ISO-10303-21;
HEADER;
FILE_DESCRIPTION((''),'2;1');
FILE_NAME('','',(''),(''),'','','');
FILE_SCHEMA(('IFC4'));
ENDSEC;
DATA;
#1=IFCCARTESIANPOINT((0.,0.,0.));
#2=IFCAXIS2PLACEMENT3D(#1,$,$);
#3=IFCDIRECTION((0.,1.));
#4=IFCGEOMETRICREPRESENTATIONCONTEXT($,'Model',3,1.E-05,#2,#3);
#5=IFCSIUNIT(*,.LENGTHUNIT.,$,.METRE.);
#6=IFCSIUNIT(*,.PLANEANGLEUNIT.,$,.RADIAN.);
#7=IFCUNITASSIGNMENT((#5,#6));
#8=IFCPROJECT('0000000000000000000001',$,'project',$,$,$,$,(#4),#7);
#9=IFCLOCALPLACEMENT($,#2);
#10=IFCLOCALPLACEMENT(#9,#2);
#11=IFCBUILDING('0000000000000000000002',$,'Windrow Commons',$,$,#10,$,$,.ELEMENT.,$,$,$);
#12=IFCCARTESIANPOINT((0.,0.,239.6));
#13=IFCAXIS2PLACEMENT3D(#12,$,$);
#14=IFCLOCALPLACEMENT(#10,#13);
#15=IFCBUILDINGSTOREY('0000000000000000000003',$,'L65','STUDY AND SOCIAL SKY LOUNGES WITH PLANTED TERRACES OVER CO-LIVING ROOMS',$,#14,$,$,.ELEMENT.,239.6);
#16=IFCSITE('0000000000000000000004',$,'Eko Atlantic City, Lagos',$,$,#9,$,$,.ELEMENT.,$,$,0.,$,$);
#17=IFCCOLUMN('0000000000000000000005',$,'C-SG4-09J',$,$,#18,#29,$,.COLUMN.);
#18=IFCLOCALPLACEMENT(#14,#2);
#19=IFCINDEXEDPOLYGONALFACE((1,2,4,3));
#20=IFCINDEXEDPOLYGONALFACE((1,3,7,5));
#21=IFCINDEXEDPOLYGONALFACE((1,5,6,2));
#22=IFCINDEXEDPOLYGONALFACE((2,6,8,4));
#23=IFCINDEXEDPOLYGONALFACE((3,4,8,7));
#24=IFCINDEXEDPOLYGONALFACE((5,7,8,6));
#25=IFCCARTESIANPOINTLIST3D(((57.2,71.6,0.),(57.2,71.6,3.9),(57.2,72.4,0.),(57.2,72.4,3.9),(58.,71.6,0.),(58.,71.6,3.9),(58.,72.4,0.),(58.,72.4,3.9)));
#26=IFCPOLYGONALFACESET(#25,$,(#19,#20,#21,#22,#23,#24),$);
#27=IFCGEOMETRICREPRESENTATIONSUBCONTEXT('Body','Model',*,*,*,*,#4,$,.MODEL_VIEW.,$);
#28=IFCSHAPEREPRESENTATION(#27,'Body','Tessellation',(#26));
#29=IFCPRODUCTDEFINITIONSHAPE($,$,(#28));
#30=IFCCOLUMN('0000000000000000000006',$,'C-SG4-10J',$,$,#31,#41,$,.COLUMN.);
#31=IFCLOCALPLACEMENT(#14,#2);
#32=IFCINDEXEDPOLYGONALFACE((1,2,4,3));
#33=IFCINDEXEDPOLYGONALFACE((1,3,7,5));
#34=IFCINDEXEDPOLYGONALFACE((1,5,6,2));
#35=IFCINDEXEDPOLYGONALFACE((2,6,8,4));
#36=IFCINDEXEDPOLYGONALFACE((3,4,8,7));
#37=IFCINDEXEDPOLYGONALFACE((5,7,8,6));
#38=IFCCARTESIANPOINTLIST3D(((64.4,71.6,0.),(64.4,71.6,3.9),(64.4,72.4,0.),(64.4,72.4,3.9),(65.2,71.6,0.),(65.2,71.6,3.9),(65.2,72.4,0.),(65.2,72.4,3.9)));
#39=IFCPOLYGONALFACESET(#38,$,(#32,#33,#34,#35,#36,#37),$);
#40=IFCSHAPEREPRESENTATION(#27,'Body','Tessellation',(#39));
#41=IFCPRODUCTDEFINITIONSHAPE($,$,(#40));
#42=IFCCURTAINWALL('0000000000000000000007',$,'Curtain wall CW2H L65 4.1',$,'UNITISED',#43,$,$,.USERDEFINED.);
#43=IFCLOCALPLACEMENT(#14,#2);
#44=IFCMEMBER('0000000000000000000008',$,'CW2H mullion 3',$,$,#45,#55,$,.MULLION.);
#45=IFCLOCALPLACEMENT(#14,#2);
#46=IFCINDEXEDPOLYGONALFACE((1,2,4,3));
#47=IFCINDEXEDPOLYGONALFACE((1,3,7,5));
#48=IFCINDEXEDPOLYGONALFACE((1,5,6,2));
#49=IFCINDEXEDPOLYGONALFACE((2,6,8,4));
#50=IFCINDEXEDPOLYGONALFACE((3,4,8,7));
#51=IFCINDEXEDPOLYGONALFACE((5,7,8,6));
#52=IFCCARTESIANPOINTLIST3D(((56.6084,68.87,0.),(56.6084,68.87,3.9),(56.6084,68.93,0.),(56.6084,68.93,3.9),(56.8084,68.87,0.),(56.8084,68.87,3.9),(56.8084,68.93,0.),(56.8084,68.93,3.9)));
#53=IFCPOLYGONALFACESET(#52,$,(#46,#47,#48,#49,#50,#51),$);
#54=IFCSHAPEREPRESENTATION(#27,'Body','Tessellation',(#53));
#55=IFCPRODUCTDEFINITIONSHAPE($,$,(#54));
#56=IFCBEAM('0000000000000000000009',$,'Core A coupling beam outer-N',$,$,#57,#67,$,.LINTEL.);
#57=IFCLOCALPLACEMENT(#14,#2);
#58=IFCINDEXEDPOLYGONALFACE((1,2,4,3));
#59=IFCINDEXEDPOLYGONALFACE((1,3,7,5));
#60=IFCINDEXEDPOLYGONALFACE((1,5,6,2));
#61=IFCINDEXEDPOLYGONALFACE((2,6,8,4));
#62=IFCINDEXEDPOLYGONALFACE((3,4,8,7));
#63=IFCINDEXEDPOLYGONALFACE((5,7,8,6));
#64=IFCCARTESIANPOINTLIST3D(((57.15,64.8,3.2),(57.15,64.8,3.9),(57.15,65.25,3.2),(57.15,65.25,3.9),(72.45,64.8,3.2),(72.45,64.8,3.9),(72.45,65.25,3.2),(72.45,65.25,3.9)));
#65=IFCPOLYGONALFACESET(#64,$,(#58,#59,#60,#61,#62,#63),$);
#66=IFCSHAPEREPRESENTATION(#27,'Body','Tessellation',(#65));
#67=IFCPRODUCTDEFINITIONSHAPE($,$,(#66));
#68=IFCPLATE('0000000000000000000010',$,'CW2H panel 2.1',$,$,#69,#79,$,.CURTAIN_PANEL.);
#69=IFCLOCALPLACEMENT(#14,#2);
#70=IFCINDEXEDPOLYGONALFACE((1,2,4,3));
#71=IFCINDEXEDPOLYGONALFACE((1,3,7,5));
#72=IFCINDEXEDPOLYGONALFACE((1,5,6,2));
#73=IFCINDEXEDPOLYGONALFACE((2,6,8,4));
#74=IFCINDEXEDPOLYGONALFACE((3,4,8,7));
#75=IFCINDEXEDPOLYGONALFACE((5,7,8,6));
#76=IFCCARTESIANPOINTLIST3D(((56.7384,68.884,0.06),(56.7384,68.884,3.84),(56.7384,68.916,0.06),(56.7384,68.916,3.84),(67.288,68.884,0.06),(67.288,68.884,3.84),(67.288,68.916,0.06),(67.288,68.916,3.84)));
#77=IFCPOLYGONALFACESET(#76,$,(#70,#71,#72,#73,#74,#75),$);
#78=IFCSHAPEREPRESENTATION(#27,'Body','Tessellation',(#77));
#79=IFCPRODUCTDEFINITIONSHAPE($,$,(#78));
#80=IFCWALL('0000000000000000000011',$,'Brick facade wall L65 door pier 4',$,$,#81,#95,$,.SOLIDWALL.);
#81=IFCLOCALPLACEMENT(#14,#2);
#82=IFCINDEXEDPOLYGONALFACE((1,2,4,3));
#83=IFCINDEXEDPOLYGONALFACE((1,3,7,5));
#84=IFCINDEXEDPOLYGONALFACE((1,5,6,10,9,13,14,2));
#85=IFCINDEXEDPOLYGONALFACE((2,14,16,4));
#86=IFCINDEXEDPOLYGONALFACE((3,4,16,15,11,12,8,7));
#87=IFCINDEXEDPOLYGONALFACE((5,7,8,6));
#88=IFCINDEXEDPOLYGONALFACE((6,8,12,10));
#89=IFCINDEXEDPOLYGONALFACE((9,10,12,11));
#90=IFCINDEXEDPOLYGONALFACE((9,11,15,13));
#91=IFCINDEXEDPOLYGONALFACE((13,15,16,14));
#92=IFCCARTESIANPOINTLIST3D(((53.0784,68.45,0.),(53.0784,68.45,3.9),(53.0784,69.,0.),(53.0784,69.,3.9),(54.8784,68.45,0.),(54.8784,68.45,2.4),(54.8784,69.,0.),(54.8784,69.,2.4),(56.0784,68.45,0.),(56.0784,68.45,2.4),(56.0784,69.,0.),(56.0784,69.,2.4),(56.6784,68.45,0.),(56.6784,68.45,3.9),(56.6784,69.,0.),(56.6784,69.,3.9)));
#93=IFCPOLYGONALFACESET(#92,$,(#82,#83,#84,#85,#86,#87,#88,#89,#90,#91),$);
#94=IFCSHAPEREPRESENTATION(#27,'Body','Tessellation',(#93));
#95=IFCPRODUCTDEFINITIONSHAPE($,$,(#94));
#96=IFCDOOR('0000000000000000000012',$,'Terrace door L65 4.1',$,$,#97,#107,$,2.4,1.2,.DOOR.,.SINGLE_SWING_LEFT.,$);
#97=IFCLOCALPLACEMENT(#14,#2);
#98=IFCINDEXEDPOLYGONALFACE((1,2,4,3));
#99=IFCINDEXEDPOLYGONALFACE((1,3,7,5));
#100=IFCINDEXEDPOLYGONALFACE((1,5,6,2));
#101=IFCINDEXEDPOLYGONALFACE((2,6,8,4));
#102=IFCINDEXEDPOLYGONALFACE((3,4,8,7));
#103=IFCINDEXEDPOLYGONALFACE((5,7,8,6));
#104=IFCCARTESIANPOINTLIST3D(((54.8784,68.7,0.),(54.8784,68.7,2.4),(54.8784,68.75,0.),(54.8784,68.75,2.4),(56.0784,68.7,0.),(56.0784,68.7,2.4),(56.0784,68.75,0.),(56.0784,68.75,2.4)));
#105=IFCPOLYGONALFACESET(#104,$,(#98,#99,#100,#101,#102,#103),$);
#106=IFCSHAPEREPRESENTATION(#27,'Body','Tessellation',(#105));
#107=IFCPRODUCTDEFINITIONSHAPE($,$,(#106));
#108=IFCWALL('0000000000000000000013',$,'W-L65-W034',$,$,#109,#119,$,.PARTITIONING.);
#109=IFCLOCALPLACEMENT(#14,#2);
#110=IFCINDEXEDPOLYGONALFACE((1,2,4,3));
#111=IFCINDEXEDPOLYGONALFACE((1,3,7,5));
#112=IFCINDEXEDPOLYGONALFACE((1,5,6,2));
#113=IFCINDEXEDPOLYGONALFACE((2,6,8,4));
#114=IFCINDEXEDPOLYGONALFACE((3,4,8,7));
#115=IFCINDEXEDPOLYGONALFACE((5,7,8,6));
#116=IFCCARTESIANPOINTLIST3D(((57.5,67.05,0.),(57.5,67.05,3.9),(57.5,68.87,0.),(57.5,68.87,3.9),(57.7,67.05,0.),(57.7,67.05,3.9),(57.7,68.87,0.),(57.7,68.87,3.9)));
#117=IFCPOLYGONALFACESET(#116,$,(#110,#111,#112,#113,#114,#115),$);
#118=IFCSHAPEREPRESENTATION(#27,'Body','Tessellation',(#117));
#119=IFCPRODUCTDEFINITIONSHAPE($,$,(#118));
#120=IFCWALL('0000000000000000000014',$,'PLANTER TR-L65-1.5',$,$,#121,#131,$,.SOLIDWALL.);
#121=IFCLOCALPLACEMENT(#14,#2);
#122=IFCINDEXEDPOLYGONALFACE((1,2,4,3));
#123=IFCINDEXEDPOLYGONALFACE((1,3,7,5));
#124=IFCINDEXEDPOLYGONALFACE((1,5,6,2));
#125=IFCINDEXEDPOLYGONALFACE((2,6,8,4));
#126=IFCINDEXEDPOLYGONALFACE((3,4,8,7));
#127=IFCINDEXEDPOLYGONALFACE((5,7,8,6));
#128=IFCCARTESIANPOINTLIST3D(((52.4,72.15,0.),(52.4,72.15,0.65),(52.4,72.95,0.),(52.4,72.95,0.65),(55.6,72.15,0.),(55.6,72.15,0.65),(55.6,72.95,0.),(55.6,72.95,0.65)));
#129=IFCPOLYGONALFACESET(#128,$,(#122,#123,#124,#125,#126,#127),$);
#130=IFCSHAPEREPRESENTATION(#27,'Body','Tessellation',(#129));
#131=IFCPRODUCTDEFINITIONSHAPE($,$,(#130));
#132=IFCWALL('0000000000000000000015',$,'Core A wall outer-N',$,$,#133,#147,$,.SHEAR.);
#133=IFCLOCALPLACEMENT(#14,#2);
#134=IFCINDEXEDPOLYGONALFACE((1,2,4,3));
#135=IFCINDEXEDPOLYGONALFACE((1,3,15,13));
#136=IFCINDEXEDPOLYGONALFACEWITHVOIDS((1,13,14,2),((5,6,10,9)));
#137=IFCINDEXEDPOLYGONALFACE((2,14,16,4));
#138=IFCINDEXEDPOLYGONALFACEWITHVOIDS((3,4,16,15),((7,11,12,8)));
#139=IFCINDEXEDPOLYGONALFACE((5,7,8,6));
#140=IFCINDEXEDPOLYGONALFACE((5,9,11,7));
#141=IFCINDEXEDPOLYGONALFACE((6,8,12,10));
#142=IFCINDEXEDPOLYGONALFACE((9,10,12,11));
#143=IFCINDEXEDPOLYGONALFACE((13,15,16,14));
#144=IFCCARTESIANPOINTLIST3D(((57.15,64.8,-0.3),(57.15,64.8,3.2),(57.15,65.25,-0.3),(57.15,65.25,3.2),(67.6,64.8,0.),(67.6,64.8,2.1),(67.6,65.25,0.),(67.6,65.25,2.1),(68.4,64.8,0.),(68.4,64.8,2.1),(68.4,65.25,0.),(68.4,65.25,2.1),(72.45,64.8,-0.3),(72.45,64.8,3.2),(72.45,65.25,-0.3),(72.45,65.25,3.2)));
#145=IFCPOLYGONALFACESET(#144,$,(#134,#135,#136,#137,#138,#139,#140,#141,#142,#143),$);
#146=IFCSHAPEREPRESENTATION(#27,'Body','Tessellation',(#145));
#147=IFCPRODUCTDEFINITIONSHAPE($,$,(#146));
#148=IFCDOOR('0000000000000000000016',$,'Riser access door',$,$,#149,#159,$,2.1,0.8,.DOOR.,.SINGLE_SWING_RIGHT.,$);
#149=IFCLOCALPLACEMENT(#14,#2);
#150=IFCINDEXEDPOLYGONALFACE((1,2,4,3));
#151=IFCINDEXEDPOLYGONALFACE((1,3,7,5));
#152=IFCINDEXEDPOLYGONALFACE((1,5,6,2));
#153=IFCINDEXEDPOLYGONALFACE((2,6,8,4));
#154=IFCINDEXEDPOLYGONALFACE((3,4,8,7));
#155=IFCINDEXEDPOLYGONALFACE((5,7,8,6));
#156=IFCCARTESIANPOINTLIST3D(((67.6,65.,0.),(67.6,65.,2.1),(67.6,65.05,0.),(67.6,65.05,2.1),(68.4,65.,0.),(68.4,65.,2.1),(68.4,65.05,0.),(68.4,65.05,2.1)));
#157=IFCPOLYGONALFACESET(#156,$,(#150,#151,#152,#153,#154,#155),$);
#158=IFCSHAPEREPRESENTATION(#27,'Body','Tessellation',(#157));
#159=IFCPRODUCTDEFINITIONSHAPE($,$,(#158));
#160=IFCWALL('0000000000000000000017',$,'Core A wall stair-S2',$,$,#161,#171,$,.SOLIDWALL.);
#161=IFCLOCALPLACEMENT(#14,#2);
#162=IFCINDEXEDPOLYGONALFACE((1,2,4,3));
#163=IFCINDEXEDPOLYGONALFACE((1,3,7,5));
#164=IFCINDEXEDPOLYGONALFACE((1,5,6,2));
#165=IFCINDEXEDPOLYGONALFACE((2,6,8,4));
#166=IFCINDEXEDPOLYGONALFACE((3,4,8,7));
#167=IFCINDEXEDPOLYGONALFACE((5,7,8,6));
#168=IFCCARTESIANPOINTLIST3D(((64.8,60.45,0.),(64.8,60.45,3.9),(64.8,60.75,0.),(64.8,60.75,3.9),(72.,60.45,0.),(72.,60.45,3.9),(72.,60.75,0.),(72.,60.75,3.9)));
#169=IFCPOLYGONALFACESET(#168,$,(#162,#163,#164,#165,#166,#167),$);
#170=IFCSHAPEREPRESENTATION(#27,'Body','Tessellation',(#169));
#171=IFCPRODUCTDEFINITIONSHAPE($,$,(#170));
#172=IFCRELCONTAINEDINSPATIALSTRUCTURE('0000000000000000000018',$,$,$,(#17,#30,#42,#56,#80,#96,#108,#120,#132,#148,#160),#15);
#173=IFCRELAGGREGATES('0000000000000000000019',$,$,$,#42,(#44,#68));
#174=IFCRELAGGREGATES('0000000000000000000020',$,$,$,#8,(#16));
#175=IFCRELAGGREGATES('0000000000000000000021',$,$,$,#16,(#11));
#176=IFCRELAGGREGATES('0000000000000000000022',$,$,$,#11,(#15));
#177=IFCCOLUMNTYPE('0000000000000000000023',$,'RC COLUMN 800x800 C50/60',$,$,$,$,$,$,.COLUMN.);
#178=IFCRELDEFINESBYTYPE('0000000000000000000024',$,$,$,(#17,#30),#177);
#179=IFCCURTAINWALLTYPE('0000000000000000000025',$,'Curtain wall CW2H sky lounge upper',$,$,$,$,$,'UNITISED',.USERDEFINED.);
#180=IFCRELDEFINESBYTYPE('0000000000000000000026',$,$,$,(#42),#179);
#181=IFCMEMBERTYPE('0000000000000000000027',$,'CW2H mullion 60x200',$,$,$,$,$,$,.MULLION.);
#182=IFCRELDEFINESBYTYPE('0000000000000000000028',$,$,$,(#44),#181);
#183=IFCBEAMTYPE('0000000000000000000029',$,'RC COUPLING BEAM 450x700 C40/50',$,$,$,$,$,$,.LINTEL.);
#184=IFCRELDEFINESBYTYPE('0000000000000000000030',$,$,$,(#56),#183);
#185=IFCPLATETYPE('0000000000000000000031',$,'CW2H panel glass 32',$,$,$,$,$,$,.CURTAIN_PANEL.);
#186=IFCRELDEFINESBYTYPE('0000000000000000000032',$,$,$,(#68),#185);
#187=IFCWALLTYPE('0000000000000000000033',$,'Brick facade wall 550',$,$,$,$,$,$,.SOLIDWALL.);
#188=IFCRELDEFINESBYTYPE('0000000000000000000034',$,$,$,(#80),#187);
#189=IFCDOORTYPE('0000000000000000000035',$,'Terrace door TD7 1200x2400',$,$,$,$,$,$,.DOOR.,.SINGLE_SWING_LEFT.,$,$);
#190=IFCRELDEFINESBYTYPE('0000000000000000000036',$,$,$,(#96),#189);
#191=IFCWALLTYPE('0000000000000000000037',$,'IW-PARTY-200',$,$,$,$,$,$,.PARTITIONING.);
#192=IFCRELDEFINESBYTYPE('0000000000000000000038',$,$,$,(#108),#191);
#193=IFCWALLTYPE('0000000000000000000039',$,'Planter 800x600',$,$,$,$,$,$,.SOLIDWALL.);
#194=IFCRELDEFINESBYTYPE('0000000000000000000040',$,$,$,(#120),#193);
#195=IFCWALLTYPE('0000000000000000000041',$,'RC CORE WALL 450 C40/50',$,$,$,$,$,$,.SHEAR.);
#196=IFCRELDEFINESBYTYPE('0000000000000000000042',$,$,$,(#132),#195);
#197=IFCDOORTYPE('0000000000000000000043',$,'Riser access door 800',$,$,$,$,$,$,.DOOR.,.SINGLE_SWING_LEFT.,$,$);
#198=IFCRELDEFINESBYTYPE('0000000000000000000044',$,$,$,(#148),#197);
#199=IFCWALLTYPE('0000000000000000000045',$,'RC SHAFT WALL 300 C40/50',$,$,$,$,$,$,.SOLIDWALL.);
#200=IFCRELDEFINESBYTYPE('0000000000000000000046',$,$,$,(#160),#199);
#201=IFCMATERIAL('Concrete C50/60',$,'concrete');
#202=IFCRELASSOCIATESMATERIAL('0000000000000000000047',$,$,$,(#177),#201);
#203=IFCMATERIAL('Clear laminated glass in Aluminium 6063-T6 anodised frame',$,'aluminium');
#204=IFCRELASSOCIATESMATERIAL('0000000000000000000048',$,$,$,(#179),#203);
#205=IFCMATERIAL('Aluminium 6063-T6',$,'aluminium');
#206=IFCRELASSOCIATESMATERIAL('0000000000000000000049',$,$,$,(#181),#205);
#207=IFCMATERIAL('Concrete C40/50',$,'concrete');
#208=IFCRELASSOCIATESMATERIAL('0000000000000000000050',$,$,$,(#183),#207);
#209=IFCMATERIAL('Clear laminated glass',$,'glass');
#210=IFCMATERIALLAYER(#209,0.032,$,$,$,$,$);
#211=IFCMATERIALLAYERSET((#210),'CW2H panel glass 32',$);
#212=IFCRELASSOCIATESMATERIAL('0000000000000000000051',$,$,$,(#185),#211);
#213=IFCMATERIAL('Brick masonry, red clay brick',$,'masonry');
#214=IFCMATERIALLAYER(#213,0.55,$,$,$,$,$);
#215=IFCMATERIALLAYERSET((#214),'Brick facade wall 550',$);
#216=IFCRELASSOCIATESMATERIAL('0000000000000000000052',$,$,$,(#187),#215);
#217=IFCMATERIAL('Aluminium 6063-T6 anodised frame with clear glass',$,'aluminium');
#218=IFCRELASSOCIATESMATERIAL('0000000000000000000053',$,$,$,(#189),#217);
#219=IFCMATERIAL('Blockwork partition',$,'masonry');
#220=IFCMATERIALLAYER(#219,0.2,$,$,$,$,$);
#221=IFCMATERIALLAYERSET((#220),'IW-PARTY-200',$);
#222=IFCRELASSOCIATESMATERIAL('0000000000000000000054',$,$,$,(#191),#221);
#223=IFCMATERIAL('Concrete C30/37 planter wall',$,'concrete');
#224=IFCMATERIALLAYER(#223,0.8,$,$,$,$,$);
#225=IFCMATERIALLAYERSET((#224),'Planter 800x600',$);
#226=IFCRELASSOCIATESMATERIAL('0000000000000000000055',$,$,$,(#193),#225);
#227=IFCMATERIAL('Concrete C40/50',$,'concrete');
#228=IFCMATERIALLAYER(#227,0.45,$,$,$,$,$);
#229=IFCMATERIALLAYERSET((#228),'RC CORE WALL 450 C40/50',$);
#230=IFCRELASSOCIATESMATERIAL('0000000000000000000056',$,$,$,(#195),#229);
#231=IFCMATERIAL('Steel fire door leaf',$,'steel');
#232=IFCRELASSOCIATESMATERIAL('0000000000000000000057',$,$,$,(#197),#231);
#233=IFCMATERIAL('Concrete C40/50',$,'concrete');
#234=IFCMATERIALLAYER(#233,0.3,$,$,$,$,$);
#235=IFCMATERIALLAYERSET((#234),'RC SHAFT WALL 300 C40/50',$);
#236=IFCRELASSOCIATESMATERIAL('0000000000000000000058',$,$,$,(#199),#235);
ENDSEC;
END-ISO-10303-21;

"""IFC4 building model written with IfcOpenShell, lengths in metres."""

from ifc_helpers import new_model, si_unit, direction, frame, frame_2d, origin, origin_2d, place, context, subcontext, project, spatial, rectangle, extrude, material, layer, layer_set, material_profile, profile_set, type_object, element, fill, aggregate, save


model = new_model("IFC4")

# Units and contexts
model_context = context("Model", 3, precision=1e-05, world=origin(), true_north=direction((0.0, 1.0)))
body_context = subcontext(model_context, "Body", "Model", "MODEL_VIEW")
ifc_project = project(units=[si_unit("LENGTHUNIT", "METRE"), si_unit("PLANEANGLEUNIT", "RADIAN")], contexts=[model_context])

# Site, building, storey
site_placement = place(None, origin())
site = spatial("IfcSite", under=ifc_project, at=site_placement, Name="Eko Atlantic City, Lagos", CompositionType="ELEMENT", RefElevation=0.0)
building_placement = place(site_placement, origin())
building = spatial("IfcBuilding", under=site, at=building_placement, Name="Windrow Commons", CompositionType="ELEMENT")
storey_placement = place(building_placement, frame((0.0, 0.0, 239.6)))
storey = spatial("IfcBuildingStorey", under=building, at=storey_placement, Name="L65", Description="STUDY AND SOCIAL SKY LOUNGES WITH PLANTED TERRACES OVER CO-LIVING ROOMS", CompositionType="ELEMENT", Elevation=239.6)

# Columns
ifc_material_1 = material(Name="Concrete C50/60", Category="concrete")
ifc_material_profile_1 = material_profile(ifc_material_1, rectangle(XDim=0.8, YDim=0.8, at=origin_2d()))
ifc_profile_set_1 = profile_set([ifc_material_profile_1], Name="Concrete C50/60")
column_type = type_object("IfcColumnType", Name="RC COLUMN 800x800 C50/60", PredefinedType="COLUMN", material=ifc_profile_set_1)
for number, where, z_axis, x_axis, name in (
    (1, (57.6, 72.0, 0.0), (0.0, 0.0, 1.0), (1.0, 0.0, 0.0), "C-SG4-09J"),
    (2, (64.8, 72.0, 0.0), (0.0, 0.0, 1.0), (1.0, 0.0, 0.0), "C-SG4-10J"),
):
    element("IfcColumn", number, at=place(storey_placement, frame(where, z_axis=z_axis, x_axis=x_axis)), inside=storey, type_object=column_type, Name=name, PredefinedType="COLUMN", context=body_context, shape_type="SweptSolid", body=[
        extrude(rectangle(XDim=0.8, YDim=0.8, at=origin_2d()), origin(), (0.0, 0.0, 1.0), 3.9),
    ])

# Curtain wall, member
ifc_material_2 = material(Name="Clear laminated glass in Aluminium 6063-T6 anodised frame", Category="aluminium")
curtain_wall_type = type_object("IfcCurtainWallType", Name="Curtain wall CW2H sky lounge upper", ElementType="UNITISED", PredefinedType="USERDEFINED", material=ifc_material_2)
placement = place(storey_placement, origin())
curtain_wall = element("IfcCurtainWall", 3, at=placement, inside=storey, type_object=curtain_wall_type, Name="Curtain wall CW2H L65 4.1", ObjectType="UNITISED", PredefinedType="USERDEFINED")
ifc_material_3 = material(Name="Aluminium 6063-T6", Category="aluminium")
ifc_material_profile_2 = material_profile(ifc_material_3, rectangle(XDim=0.06, YDim=0.2, at=origin_2d()))
ifc_profile_set_2 = profile_set([ifc_material_profile_2], Name="Aluminium 6063-T6")
member_type = type_object("IfcMemberType", Name="CW2H mullion 60x200", PredefinedType="MULLION", material=ifc_profile_set_2)
member_placement = place(storey_placement, frame((56.7084, 68.9, 0.0), z_axis=(0.0, 0.0, 1.0), x_axis=(0.0, -1.0, 0.0)))
member = element("IfcMember", 4, at=member_placement, type_object=member_type, Name="CW2H mullion 3", PredefinedType="MULLION", context=body_context, shape_type="SweptSolid", body=[
    extrude(rectangle(XDim=0.06, YDim=0.2, at=origin_2d()), origin(), (0.0, 0.0, 1.0), 3.9),
])

# Beam
ifc_material_4 = material(Name="Concrete C40/50", Category="concrete")
ifc_material_profile_3 = material_profile(ifc_material_4, rectangle(XDim=0.45, YDim=0.7, at=origin_2d()))
ifc_profile_set_3 = profile_set([ifc_material_profile_3], Name="Concrete C40/50")
beam_type = type_object("IfcBeamType", Name="RC COUPLING BEAM 450x700 C40/50", PredefinedType="LINTEL", material=ifc_profile_set_3)
beam_placement = place(storey_placement, frame((57.15, 65.025, 3.55), z_axis=(1.0, 0.0, 0.0), x_axis=(0.0, 1.0, 0.0)))
element("IfcBeam", 5, at=beam_placement, inside=storey, type_object=beam_type, Name="Core A coupling beam outer-N", PredefinedType="LINTEL", context=body_context, shape_type="SweptSolid", body=[
    extrude(rectangle(XDim=0.45, YDim=0.7, at=origin_2d()), origin(), (0.0, 0.0, 1.0), 15.3),
])

# Plate
ifc_material_5 = material(Name="Clear laminated glass", Category="glass")
ifc_layer_1 = layer(ifc_material_5, 0.032)
ifc_layer_set_1 = layer_set([ifc_layer_1], Name="CW2H panel glass 32")
plate_type = type_object("IfcPlateType", Name="CW2H panel glass 32", PredefinedType="CURTAIN_PANEL", material=ifc_layer_set_1)
plate_placement = place(storey_placement, frame((62.0132, 68.9, 0.06), z_axis=(0.0, 0.0, 1.0), x_axis=(-1.0, 0.0, 0.0)))
plate = element("IfcPlate", 6, at=plate_placement, type_object=plate_type, Name="CW2H panel 2.1", PredefinedType="CURTAIN_PANEL", context=body_context, shape_type="SweptSolid", body=[
    extrude(rectangle(XDim=10.5495, YDim=0.032, at=origin_2d()), origin(), (0.0, 0.0, 1.0), 3.78),
])
aggregate(curtain_wall, [member, plate])

# Wall, opening, door
ifc_material_6 = material(Name="Brick masonry, red clay brick", Category="masonry")
ifc_layer_2 = layer(ifc_material_6, 0.55)
ifc_layer_set_2 = layer_set([ifc_layer_2], Name="Brick facade wall 550")
wall_type_1 = type_object("IfcWallType", Name="Brick facade wall 550", PredefinedType="SOLIDWALL", material=ifc_layer_set_2)
wall_1_placement = place(storey_placement, frame((56.6784, 68.725, 0.0), z_axis=(0.0, 0.0, 1.0), x_axis=(-1.0, 0.0, 0.0)))
wall_1 = element("IfcWall", 7, at=wall_1_placement, inside=storey, type_object=wall_type_1, Name="Brick facade wall L65 door pier 4", PredefinedType="SOLIDWALL", context=body_context, shape_type="SweptSolid", body=[
    extrude(rectangle(XDim=3.6, YDim=0.55, at=frame_2d((1.8, 0.0))), origin(), (0.0, 0.0, 1.0), 3.9),
])
opening_1_placement = place(wall_1_placement, frame((0.6, 0.0, 0.0)))
opening_1 = element("IfcOpeningElement", 8, at=opening_1_placement, cuts=wall_1, PredefinedType="OPENING", context=body_context, shape_type="SweptSolid", body=[
    extrude(rectangle(XDim=1.2, YDim=2.4, at=frame_2d((0.6, 1.2))), frame((0.0, 0.285, 0.0), z_axis=(0.0, -1.0, 0.0), x_axis=(1.0, 0.0, 0.0)), (0.0, 0.0, 1.0), 0.57),
])
ifc_material_7 = material(Name="Aluminium 6063-T6 anodised frame with clear glass", Category="aluminium")
door_type_1 = type_object("IfcDoorType", Name="Terrace door TD7 1200x2400", OperationType="SINGLE_SWING_LEFT", PredefinedType="DOOR", material=ifc_material_7)
door_1_placement = place(opening_1_placement, origin())
door_1 = element("IfcDoor", 9, at=door_1_placement, inside=storey, type_object=door_type_1, Name="Terrace door L65 4.1", OperationType="SINGLE_SWING_LEFT", OverallHeight=2.4, OverallWidth=1.2, PredefinedType="DOOR", context=body_context, shape_type="SweptSolid", body=[
    extrude(rectangle(XDim=1.2, YDim=2.4, at=frame_2d((0.6, 1.2))), frame((0.0, 0.025, 0.0), z_axis=(0.0, -1.0, 0.0), x_axis=(1.0, 0.0, 0.0)), (0.0, 0.0, 1.0), 0.05),
])
fill(opening_1, door_1)

# Walls
ifc_material_8 = material(Name="Blockwork partition", Category="masonry")
ifc_layer_3 = layer(ifc_material_8, 0.2)
ifc_layer_set_3 = layer_set([ifc_layer_3], Name="IW-PARTY-200")
wall_type_2 = type_object("IfcWallType", Name="IW-PARTY-200", PredefinedType="PARTITIONING", material=ifc_layer_set_3)
wall_2_placement = place(storey_placement, frame((57.6, 67.05, 0.0), z_axis=(0.0, 0.0, 1.0), x_axis=(0.0, 1.0, 0.0)))
element("IfcWall", 10, at=wall_2_placement, inside=storey, type_object=wall_type_2, Name="W-L65-W034", PredefinedType="PARTITIONING", context=body_context, shape_type="SweptSolid", body=[
    extrude(rectangle(XDim=1.82, YDim=0.2, at=frame_2d((0.91, 0.0))), origin(), (0.0, 0.0, 1.0), 3.9),
])
ifc_material_9 = material(Name="Concrete C30/37 planter wall", Category="concrete")
ifc_layer_4 = layer(ifc_material_9, 0.8)
ifc_layer_set_4 = layer_set([ifc_layer_4], Name="Planter 800x600")
wall_type_3 = type_object("IfcWallType", Name="Planter 800x600", PredefinedType="SOLIDWALL", material=ifc_layer_set_4)
wall_3_placement = place(storey_placement, frame((55.6, 72.55, 0.0), z_axis=(0.0, 0.0, 1.0), x_axis=(-1.0, 0.0, 0.0)))
element("IfcWall", 11, at=wall_3_placement, inside=storey, type_object=wall_type_3, Name="PLANTER TR-L65-1.5", PredefinedType="SOLIDWALL", context=body_context, shape_type="SweptSolid", body=[
    extrude(rectangle(XDim=3.2, YDim=0.8, at=frame_2d((1.6, 0.0))), origin(), (0.0, 0.0, 1.0), 0.65),
])

# Wall, opening, door
ifc_material_10 = material(Name="Concrete C40/50", Category="concrete")
ifc_layer_5 = layer(ifc_material_10, 0.45)
ifc_layer_set_5 = layer_set([ifc_layer_5], Name="RC CORE WALL 450 C40/50")
wall_type_4 = type_object("IfcWallType", Name="RC CORE WALL 450 C40/50", PredefinedType="SHEAR", material=ifc_layer_set_5)
wall_4_placement = place(storey_placement, frame((57.15, 65.025, -0.3), z_axis=(0.0, 0.0, 1.0), x_axis=(1.0, 0.0, 0.0)))
wall_4 = element("IfcWall", 12, at=wall_4_placement, inside=storey, type_object=wall_type_4, Name="Core A wall outer-N", PredefinedType="SHEAR", context=body_context, shape_type="SweptSolid", body=[
    extrude(rectangle(XDim=15.3, YDim=0.45, at=frame_2d((7.65, 0.0))), origin(), (0.0, 0.0, 1.0), 3.5),
])
opening_2_placement = place(wall_4_placement, frame((10.45, 0.0, 0.3)))
opening_2 = element("IfcOpeningElement", 13, at=opening_2_placement, cuts=wall_4, PredefinedType="OPENING", context=body_context, shape_type="SweptSolid", body=[
    extrude(rectangle(XDim=0.8, YDim=2.1, at=frame_2d((0.4, 1.05))), frame((0.0, 0.235, 0.0), z_axis=(0.0, -1.0, 0.0), x_axis=(1.0, 0.0, 0.0)), (0.0, 0.0, 1.0), 0.47),
])
ifc_material_11 = material(Name="Steel fire door leaf", Category="steel")
door_type_2 = type_object("IfcDoorType", Name="Riser access door 800", OperationType="SINGLE_SWING_LEFT", PredefinedType="DOOR", material=ifc_material_11)
door_2_placement = place(opening_2_placement, origin())
door_2 = element("IfcDoor", 14, at=door_2_placement, inside=storey, type_object=door_type_2, Name="Riser access door", OperationType="SINGLE_SWING_RIGHT", OverallHeight=2.1, OverallWidth=0.8, PredefinedType="DOOR", context=body_context, shape_type="SweptSolid", body=[
    extrude(rectangle(XDim=0.8, YDim=2.1, at=frame_2d((0.4, 1.05))), frame((0.0, 0.025, 0.0), z_axis=(0.0, -1.0, 0.0), x_axis=(1.0, 0.0, 0.0)), (0.0, 0.0, 1.0), 0.05),
])
fill(opening_2, door_2)

# Wall
ifc_material_12 = material(Name="Concrete C40/50", Category="concrete")
ifc_layer_6 = layer(ifc_material_12, 0.3)
ifc_layer_set_6 = layer_set([ifc_layer_6], Name="RC SHAFT WALL 300 C40/50")
wall_type_5 = type_object("IfcWallType", Name="RC SHAFT WALL 300 C40/50", PredefinedType="SOLIDWALL", material=ifc_layer_set_6)
wall_5_placement = place(storey_placement, frame((64.8, 60.6, 0.0), z_axis=(0.0, 0.0, 1.0), x_axis=(1.0, 0.0, 0.0)))
element("IfcWall", 15, at=wall_5_placement, inside=storey, type_object=wall_type_5, Name="Core A wall stair-S2", PredefinedType="SOLIDWALL", context=body_context, shape_type="SweptSolid", body=[
    extrude(rectangle(XDim=7.2, YDim=0.3, at=frame_2d((3.6, 0.0))), origin(), (0.0, 0.0, 1.0), 3.9),
])

save(model, "model.ifc")
